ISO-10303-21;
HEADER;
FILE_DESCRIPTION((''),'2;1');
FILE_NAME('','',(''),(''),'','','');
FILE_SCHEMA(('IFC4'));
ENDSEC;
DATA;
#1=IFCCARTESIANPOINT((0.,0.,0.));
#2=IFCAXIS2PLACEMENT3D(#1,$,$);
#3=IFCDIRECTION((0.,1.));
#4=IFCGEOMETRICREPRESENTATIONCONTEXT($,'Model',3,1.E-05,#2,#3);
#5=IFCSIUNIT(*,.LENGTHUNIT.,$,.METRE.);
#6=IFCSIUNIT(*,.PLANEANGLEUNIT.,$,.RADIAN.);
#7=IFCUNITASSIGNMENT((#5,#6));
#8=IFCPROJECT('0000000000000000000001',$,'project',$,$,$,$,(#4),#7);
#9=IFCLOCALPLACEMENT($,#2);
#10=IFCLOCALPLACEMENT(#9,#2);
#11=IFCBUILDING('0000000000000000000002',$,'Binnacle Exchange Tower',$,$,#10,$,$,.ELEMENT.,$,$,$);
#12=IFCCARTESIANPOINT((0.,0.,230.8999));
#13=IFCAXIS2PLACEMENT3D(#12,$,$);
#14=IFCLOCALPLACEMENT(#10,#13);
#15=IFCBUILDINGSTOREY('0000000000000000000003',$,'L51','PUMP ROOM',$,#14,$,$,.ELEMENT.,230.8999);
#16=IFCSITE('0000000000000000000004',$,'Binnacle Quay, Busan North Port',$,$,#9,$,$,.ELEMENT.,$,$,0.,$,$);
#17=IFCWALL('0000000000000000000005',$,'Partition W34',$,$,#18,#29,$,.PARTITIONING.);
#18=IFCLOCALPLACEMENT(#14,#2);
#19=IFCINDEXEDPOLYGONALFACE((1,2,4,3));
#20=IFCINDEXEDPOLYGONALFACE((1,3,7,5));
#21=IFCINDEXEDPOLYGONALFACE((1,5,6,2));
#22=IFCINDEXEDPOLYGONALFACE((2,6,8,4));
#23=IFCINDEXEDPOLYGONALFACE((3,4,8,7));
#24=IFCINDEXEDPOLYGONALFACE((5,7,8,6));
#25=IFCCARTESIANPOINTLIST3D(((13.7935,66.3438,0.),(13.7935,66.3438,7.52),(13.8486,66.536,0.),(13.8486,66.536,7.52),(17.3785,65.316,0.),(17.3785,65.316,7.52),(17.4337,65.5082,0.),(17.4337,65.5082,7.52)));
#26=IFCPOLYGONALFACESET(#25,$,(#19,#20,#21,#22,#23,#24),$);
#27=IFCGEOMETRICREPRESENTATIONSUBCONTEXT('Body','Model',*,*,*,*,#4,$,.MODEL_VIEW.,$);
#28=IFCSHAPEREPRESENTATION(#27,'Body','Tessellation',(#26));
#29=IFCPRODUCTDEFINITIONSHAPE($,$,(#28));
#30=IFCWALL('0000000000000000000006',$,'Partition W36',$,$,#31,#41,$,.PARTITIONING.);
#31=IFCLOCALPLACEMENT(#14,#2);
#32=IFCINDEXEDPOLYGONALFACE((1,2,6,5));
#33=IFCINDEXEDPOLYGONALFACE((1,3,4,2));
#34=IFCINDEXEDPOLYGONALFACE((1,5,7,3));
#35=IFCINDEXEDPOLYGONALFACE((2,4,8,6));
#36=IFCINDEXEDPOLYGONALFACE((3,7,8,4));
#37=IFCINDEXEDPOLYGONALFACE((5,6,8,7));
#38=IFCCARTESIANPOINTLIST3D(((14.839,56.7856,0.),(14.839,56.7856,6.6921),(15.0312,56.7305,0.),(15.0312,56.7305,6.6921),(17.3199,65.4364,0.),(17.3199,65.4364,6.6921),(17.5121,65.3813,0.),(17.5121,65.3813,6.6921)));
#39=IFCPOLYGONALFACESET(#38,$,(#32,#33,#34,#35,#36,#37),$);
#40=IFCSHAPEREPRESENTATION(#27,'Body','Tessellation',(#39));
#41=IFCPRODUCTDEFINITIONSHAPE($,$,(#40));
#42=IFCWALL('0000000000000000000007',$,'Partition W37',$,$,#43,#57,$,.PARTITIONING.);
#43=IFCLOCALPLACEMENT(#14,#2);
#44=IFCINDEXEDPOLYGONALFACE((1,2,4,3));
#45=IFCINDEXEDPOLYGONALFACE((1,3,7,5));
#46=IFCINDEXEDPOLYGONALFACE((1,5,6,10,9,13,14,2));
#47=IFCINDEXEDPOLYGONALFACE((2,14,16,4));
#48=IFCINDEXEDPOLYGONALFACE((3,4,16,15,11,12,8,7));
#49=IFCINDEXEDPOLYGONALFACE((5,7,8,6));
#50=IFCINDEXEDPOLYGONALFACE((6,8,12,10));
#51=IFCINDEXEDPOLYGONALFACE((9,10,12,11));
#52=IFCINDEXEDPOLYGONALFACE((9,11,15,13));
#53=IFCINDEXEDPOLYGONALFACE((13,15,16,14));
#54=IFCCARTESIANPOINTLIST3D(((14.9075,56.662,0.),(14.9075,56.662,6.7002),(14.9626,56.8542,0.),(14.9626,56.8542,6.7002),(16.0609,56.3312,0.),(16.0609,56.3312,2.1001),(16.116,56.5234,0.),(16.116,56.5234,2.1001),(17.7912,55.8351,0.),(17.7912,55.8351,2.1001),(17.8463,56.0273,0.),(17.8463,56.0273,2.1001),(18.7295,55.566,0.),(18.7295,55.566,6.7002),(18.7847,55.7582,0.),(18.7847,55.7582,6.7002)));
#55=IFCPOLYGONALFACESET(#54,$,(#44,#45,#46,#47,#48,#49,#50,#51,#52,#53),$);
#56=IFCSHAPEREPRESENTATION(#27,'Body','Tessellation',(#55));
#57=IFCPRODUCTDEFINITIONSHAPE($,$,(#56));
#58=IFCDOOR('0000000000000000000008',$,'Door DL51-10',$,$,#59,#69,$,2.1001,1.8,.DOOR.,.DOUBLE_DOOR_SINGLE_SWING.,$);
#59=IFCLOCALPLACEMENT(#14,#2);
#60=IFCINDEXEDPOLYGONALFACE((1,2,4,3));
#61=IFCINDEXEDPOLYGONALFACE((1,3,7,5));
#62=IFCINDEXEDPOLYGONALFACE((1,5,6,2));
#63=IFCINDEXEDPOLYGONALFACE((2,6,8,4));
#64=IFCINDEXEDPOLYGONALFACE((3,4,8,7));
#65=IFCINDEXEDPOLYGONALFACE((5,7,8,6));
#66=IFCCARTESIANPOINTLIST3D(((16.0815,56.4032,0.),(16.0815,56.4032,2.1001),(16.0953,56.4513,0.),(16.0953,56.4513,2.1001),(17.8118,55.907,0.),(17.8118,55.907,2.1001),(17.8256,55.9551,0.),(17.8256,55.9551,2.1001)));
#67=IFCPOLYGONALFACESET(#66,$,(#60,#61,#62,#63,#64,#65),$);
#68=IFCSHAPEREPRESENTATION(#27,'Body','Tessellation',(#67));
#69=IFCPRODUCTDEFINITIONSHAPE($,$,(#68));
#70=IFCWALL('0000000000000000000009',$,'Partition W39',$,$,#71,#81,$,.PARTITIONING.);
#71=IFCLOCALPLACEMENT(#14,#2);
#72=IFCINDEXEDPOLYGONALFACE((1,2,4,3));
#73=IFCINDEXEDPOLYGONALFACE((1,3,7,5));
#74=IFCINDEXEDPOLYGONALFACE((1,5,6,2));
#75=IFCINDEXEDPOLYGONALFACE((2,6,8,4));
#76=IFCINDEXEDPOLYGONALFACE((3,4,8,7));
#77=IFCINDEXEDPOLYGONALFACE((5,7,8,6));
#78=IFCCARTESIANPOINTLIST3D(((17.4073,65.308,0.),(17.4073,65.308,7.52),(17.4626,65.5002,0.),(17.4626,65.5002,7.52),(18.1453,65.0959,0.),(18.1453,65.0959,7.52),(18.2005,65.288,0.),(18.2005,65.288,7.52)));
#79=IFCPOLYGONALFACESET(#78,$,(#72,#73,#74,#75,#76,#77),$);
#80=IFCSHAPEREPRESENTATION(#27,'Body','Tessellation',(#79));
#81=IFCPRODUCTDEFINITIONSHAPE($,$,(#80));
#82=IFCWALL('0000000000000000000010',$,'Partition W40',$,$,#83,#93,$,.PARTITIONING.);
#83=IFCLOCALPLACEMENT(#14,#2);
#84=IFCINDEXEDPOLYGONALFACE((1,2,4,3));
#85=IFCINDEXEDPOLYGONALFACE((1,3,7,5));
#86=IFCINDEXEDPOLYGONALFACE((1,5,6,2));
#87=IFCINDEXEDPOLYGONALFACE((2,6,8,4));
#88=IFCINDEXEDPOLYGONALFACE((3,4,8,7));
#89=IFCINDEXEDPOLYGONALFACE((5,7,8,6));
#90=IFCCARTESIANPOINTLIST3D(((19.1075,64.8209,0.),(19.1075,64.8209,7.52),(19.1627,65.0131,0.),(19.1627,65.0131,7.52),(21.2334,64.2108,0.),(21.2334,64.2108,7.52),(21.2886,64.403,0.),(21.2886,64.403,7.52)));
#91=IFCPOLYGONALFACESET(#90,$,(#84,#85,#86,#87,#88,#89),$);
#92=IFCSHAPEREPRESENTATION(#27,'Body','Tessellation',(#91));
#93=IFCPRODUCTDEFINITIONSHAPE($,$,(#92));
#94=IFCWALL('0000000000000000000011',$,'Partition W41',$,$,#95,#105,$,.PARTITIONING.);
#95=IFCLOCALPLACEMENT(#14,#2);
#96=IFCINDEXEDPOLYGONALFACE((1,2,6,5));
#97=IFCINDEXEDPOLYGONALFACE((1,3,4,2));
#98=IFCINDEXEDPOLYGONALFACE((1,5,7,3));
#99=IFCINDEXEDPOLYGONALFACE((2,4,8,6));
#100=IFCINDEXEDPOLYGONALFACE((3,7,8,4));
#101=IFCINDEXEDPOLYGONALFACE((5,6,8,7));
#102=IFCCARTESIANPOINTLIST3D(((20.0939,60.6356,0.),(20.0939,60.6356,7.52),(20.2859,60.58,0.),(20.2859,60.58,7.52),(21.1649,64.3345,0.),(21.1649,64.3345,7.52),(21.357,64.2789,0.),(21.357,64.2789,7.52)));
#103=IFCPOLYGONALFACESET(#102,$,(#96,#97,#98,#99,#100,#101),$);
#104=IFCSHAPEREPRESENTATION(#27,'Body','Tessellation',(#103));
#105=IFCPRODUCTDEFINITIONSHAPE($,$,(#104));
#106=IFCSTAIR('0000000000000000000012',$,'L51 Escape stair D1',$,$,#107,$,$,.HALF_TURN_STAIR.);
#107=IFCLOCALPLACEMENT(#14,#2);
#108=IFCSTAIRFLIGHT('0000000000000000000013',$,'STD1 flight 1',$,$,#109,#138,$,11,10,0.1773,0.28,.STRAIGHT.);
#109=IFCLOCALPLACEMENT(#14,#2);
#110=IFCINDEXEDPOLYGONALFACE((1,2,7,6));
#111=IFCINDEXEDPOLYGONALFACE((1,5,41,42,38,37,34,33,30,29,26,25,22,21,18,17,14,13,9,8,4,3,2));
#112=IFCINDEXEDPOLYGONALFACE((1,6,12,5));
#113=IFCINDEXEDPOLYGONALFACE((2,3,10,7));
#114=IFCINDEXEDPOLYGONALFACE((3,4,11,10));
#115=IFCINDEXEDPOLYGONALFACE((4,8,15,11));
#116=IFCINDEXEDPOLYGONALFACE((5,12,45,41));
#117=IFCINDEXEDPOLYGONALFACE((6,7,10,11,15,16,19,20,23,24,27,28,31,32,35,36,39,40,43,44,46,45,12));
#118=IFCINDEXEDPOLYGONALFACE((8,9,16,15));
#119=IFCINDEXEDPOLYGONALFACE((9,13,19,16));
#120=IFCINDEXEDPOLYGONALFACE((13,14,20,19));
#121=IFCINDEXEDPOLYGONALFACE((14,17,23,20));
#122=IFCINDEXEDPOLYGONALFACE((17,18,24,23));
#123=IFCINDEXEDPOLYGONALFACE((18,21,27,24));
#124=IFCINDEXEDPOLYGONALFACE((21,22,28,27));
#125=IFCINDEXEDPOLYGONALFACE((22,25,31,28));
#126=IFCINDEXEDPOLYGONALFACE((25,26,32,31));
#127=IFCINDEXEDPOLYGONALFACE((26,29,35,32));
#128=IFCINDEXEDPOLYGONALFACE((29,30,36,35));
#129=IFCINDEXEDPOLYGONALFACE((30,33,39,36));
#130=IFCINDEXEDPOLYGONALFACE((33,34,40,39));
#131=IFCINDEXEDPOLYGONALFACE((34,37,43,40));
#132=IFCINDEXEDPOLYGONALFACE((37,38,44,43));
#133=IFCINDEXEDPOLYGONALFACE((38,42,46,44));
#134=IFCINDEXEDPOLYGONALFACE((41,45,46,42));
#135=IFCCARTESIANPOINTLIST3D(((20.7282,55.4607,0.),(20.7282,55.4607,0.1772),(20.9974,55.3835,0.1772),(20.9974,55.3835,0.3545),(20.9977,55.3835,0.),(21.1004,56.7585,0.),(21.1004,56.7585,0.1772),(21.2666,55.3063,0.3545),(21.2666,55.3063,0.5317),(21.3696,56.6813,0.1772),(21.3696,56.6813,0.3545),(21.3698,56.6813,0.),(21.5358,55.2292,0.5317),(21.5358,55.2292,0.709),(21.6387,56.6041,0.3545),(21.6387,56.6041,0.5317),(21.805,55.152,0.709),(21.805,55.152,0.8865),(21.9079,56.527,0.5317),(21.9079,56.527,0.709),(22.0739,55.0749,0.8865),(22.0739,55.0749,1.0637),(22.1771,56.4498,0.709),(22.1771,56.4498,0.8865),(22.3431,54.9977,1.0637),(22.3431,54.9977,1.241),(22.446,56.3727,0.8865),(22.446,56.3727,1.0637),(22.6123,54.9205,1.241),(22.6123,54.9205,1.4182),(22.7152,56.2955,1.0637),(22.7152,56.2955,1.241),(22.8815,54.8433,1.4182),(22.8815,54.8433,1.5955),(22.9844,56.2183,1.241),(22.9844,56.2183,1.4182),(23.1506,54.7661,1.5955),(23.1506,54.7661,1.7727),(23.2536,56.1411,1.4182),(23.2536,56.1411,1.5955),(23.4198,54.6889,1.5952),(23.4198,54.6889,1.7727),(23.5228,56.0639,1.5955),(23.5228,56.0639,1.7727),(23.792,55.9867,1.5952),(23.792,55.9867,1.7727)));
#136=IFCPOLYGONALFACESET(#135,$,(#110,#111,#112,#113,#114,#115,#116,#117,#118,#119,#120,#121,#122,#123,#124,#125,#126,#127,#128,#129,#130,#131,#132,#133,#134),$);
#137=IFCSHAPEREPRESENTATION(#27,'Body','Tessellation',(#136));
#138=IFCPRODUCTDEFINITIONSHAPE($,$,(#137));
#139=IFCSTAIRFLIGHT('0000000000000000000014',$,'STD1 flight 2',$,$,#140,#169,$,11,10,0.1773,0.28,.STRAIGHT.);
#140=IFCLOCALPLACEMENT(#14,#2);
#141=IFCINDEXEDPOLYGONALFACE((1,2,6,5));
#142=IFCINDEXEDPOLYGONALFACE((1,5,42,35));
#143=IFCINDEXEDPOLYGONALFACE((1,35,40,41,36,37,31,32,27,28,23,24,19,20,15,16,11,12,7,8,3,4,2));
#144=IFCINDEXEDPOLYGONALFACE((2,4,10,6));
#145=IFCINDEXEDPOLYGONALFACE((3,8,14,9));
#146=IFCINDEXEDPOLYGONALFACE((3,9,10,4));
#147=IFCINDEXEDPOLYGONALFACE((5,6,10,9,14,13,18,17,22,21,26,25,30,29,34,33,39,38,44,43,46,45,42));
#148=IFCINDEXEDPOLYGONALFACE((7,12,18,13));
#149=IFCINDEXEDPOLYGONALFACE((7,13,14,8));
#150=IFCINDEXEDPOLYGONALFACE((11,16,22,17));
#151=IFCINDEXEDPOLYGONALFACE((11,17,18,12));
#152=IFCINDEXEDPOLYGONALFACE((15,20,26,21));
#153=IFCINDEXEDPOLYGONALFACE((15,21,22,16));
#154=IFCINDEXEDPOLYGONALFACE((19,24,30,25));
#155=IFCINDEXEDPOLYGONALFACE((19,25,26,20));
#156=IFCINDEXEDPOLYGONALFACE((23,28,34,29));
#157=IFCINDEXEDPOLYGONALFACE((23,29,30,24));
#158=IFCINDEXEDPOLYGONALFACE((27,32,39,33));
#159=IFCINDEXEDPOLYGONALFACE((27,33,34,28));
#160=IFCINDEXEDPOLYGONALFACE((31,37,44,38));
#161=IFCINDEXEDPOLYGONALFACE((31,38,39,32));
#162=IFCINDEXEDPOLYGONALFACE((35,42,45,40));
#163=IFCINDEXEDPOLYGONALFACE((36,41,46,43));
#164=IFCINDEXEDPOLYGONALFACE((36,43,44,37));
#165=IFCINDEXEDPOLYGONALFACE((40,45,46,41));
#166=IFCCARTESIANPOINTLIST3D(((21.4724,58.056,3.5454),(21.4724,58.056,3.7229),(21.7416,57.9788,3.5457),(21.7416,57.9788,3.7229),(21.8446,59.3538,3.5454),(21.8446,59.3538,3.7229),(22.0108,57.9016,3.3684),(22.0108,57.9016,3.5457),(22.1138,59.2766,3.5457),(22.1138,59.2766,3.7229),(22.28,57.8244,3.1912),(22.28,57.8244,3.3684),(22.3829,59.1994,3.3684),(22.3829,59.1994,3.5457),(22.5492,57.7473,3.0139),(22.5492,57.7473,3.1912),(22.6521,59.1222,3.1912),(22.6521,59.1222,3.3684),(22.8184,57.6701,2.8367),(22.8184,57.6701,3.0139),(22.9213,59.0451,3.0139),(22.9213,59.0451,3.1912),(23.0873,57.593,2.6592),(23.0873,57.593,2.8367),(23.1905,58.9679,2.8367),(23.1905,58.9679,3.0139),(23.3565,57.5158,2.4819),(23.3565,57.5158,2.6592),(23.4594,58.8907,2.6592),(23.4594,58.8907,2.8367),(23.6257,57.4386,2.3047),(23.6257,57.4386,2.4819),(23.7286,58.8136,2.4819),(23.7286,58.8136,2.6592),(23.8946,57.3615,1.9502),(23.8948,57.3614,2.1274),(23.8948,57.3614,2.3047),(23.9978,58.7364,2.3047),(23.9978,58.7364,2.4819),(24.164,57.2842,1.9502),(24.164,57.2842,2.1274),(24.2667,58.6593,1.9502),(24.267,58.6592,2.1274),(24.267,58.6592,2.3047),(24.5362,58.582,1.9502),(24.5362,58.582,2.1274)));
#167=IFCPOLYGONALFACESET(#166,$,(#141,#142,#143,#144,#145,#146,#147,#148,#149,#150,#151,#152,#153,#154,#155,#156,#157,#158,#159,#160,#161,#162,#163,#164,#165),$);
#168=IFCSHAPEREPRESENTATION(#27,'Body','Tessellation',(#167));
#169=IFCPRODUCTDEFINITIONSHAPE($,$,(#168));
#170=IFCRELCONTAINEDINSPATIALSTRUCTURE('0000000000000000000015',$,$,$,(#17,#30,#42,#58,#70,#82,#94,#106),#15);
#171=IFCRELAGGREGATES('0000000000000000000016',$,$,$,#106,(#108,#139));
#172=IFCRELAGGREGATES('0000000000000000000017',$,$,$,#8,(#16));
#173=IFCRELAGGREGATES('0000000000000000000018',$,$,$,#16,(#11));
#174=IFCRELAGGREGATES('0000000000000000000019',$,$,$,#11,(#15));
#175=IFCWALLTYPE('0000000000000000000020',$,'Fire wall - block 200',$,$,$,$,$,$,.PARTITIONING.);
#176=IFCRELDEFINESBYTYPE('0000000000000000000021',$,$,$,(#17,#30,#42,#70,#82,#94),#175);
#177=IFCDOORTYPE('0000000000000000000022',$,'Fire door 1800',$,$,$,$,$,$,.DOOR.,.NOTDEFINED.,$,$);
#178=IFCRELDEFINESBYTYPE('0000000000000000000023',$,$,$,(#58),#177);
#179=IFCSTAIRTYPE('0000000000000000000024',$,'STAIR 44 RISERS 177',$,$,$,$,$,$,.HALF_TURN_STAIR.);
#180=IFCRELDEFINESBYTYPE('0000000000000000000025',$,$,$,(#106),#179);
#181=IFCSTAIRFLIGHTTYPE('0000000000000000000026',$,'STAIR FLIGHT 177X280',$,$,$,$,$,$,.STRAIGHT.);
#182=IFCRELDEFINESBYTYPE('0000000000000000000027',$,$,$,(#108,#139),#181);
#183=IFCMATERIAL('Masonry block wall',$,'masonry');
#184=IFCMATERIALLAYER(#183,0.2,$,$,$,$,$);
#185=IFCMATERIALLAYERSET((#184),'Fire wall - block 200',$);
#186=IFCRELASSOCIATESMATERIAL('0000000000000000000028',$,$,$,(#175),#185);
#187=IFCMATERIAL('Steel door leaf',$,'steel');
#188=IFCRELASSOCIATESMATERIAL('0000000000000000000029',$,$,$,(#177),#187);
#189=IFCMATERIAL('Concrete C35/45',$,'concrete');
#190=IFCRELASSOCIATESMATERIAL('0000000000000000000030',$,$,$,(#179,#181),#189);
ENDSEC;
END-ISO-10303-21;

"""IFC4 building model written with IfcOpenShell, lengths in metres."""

from ifc_helpers import new_model, si_unit, direction, frame, frame_2d, origin, place, context, subcontext, project, spatial, polyline, rectangle, outline, extrude, material, layer, layer_set, type_object, element, fill, aggregate, save


model = new_model("IFC4")

# Units and contexts
model_context = context("Model", 3, precision=1e-05, world=origin(), true_north=direction((0.0, 1.0)))
body_context = subcontext(model_context, "Body", "Model", "MODEL_VIEW")
ifc_project = project(units=[si_unit("LENGTHUNIT", "METRE"), si_unit("PLANEANGLEUNIT", "RADIAN")], contexts=[model_context])

# Site, building, storey
site_placement = place(None, origin())
site = spatial("IfcSite", under=ifc_project, at=site_placement, Name="Binnacle Quay, Busan North Port", CompositionType="ELEMENT", RefElevation=0.0)
building_placement = place(site_placement, origin())
building = spatial("IfcBuilding", under=site, at=building_placement, Name="Binnacle Exchange Tower", CompositionType="ELEMENT")
storey_placement = place(building_placement, frame((0.0, 0.0, 230.8999)))
storey = spatial("IfcBuildingStorey", under=building, at=storey_placement, Name="L51", Description="PUMP ROOM", CompositionType="ELEMENT", Elevation=230.8999)

# Shared definitions
ifc_material_1 = material(Name="Steel door leaf", Category="steel")
ifc_material_2 = material(Name="Masonry block wall", Category="masonry")
ifc_layer_1 = layer(ifc_material_2, 0.2)
ifc_layer_set_1 = layer_set([ifc_layer_1], Name="Fire wall - block 200")
wall_type_1 = type_object("IfcWallType", Name="Fire wall - block 200", PredefinedType="PARTITIONING", material=ifc_layer_set_1)
door_type_1 = type_object("IfcDoorType", Name="Fire door 1800", OperationType="NOTDEFINED", PredefinedType="DOOR", material=ifc_material_1)

# Walls
wall_1_placement = place(storey_placement, frame((13.821, 66.4399, 0.0), z_axis=(0.0, 0.0, 1.0), x_axis=(0.961272, -0.275603, 0.0)))
element("IfcWall", 1, at=wall_1_placement, inside=storey, type_object=wall_type_1, Name="Partition W34", PredefinedType="PARTITIONING", context=body_context, shape_type="SweptSolid", body=[
    extrude(rectangle(XDim=3.7295, YDim=0.2, at=frame_2d((1.8647, 0.0))), origin(), (0.0, 0.0, 1.0), 7.52),
])
wall_2_placement = place(storey_placement, frame((14.9351, 56.7581, 0.0), z_axis=(0.0, 0.0, 1.0), x_axis=(0.275674, 0.961251, 0.0)))
element("IfcWall", 2, at=wall_2_placement, inside=storey, type_object=wall_type_1, Name="Partition W36", PredefinedType="PARTITIONING", context=body_context, shape_type="SweptSolid", body=[
    extrude(rectangle(XDim=8.9995, YDim=0.2, at=frame_2d((4.4998, 0.0))), origin(), (0.0, 0.0, 1.0), 6.6921),
])

# Wall, opening, door
wall_3_placement = place(storey_placement, frame((14.9351, 56.7581, 0.0), z_axis=(0.0, 0.0, 1.0), x_axis=(0.961262, -0.275637, 0.0)))
wall_3 = element("IfcWall", 3, at=wall_3_placement, inside=storey, type_object=wall_type_1, Name="Partition W37", PredefinedType="PARTITIONING", context=body_context, shape_type="SweptSolid", body=[
    extrude(rectangle(XDim=3.9761, YDim=0.2, at=frame_2d((1.988, 0.0))), origin(), (0.0, 0.0, 1.0), 6.7002),
])
opening_1_placement = place(wall_3_placement, frame((1.2, 0.0, 0.0)))
opening_1 = element("IfcOpeningElement", 4, at=opening_1_placement, cuts=wall_3, PredefinedType="OPENING", context=body_context, shape_type="SweptSolid", body=[
    extrude(rectangle(XDim=1.8, YDim=2.1001, at=frame_2d((0.8999, 1.05))), frame((0.0, 0.1099, 0.0), z_axis=(0.0, -1.0, 0.0), x_axis=(1.0, 0.0, 0.0)), (0.0, 0.0, 1.0), 0.22),
])
door_1_placement = place(opening_1_placement, origin())
door_1 = element("IfcDoor", 5, at=door_1_placement, inside=storey, type_object=door_type_1, Name="Door DL51-10", OperationType="DOUBLE_DOOR_SINGLE_SWING", OverallHeight=2.1001, OverallWidth=1.8, PredefinedType="DOOR", context=body_context, shape_type="SweptSolid", body=[
    extrude(rectangle(XDim=1.8, YDim=2.1001, at=frame_2d((0.8999, 1.05))), frame((0.0, 0.0249, 0.0), z_axis=(0.0, -1.0, 0.0), x_axis=(1.0, 0.0, 0.0)), (0.0, 0.0, 1.0), 0.05),
])
fill(opening_1, door_1)

# Walls
wall_4_placement = place(storey_placement, frame((17.4351, 65.4041, 0.0), z_axis=(0.0, 0.0, 1.0), x_axis=(0.961079, -0.276274, 0.0)))
element("IfcWall", 6, at=wall_4_placement, inside=storey, type_object=wall_type_1, Name="Partition W39", PredefinedType="PARTITIONING", context=body_context, shape_type="SweptSolid", body=[
    extrude(rectangle(XDim=0.7678, YDim=0.2, at=frame_2d((0.3838, 0.0))), origin(), (0.0, 0.0, 1.0), 7.52),
])
wall_5_placement = place(storey_placement, frame((19.135, 64.917, 0.0), z_axis=(0.0, 0.0, 1.0), x_axis=(0.961203, -0.275844, 0.0)))
element("IfcWall", 7, at=wall_5_placement, inside=storey, type_object=wall_type_1, Name="Partition W40", PredefinedType="PARTITIONING", context=body_context, shape_type="SweptSolid", body=[
    extrude(rectangle(XDim=2.2117, YDim=0.2, at=frame_2d((1.106, 0.0))), origin(), (0.0, 0.0, 1.0), 7.52),
])
wall_6_placement = place(storey_placement, frame((20.1899, 60.6079, 0.0), z_axis=(0.0, 0.0, 1.0), x_axis=(0.278127, 0.960544, 0.0)))
element("IfcWall", 8, at=wall_6_placement, inside=storey, type_object=wall_type_1, Name="Partition W41", PredefinedType="PARTITIONING", context=body_context, shape_type="SweptSolid", body=[
    extrude(rectangle(XDim=3.8508, YDim=0.2, at=frame_2d((1.9253, 0.0))), origin(), (0.0, 0.0, 1.0), 7.52),
])

# Stair, stair flights
ifc_material_3 = material(Name="Concrete C35/45", Category="concrete")
stair_type = type_object("IfcStairType", Name="STAIR 44 RISERS 177", PredefinedType="HALF_TURN_STAIR", material=ifc_material_3)
stair_placement = place(storey_placement, origin())
stair = element("IfcStair", 9, at=stair_placement, inside=storey, type_object=stair_type, Name="L51 Escape stair D1", PredefinedType="HALF_TURN_STAIR")
stair_flight_type = type_object("IfcStairFlightType", Name="STAIR FLIGHT 177X280", PredefinedType="STRAIGHT", material=ifc_material_3)
stair_flight_1_placement = place(storey_placement, frame((20.9143, 56.1096, 0.0), z_axis=(0.0, 0.0, 1.0), x_axis=(0.961262, -0.275637, 0.0)))
stair_flight_1 = element("IfcStairFlight", 10, at=stair_flight_1_placement, type_object=stair_flight_type, Name="STD1 flight 1", NumberOfRisers=11, NumberOfTreads=10, PredefinedType="STRAIGHT", RiserHeight=0.1773, TreadLength=0.28, context=body_context, shape_type="SweptSolid", body=[
    extrude(outline(polyline([(0.0, 0.0), (0.0, 0.1772), (0.28, 0.1772), (0.28, 0.3545), (0.5601, 0.3545), (0.5601, 0.5317), (0.8401, 0.5317), (0.8401, 0.709), (1.1201, 0.709), (1.1201, 0.8865), (1.3999, 0.8865), (1.3999, 1.0637), (1.6799, 1.0637), (1.6799, 1.241), (1.96, 1.241), (1.96, 1.4182), (2.24, 1.4182), (2.24, 1.5955), (2.52, 1.5955), (2.52, 1.7727), (2.8, 1.7727), (2.8, 1.95), (2.8, 1.5952), (0.2803, 0.0), (0.0, 0.0)])), frame((0.0, 0.675, 0.0), z_axis=(0.0, -1.0, 0.0), x_axis=(1.0, 0.0, 0.0)), (0.0, 0.0, 1.0), 1.3501),
])
stair_flight_2_placement = place(storey_placement, frame((24.3501, 57.9331, 1.9502), z_axis=(0.0, 0.0, 1.0), x_axis=(-0.961262, 0.275637, 0.0)))
stair_flight_2 = element("IfcStairFlight", 11, at=stair_flight_2_placement, type_object=stair_flight_type, Name="STD1 flight 2", NumberOfRisers=11, NumberOfTreads=10, PredefinedType="STRAIGHT", RiserHeight=0.1773, TreadLength=0.28, context=body_context, shape_type="SweptSolid", body=[
    extrude(outline(polyline([(0.0, 0.0), (0.0, 0.1772), (0.28, 0.1772), (0.28, 0.3545), (0.5601, 0.3545), (0.5601, 0.5317), (0.8401, 0.5317), (0.8401, 0.709), (1.1201, 0.709), (1.1201, 0.8865), (1.3999, 0.8865), (1.3999, 1.0637), (1.6799, 1.0637), (1.6799, 1.241), (1.96, 1.241), (1.96, 1.4182), (2.24, 1.4182), (2.24, 1.5955), (2.52, 1.5955), (2.52, 1.7727), (2.8, 1.7727), (2.8, 1.95), (2.8, 1.5952), (0.2803, 0.0), (0.0, 0.0)])), frame((0.0, 0.675, 0.0), z_axis=(0.0, -1.0, 0.0), x_axis=(1.0, 0.0, 0.0)), (0.0, 0.0, 1.0), 1.3501),
])
aggregate(stair, [stair_flight_1, stair_flight_2])

save(model, "model.ifc")
